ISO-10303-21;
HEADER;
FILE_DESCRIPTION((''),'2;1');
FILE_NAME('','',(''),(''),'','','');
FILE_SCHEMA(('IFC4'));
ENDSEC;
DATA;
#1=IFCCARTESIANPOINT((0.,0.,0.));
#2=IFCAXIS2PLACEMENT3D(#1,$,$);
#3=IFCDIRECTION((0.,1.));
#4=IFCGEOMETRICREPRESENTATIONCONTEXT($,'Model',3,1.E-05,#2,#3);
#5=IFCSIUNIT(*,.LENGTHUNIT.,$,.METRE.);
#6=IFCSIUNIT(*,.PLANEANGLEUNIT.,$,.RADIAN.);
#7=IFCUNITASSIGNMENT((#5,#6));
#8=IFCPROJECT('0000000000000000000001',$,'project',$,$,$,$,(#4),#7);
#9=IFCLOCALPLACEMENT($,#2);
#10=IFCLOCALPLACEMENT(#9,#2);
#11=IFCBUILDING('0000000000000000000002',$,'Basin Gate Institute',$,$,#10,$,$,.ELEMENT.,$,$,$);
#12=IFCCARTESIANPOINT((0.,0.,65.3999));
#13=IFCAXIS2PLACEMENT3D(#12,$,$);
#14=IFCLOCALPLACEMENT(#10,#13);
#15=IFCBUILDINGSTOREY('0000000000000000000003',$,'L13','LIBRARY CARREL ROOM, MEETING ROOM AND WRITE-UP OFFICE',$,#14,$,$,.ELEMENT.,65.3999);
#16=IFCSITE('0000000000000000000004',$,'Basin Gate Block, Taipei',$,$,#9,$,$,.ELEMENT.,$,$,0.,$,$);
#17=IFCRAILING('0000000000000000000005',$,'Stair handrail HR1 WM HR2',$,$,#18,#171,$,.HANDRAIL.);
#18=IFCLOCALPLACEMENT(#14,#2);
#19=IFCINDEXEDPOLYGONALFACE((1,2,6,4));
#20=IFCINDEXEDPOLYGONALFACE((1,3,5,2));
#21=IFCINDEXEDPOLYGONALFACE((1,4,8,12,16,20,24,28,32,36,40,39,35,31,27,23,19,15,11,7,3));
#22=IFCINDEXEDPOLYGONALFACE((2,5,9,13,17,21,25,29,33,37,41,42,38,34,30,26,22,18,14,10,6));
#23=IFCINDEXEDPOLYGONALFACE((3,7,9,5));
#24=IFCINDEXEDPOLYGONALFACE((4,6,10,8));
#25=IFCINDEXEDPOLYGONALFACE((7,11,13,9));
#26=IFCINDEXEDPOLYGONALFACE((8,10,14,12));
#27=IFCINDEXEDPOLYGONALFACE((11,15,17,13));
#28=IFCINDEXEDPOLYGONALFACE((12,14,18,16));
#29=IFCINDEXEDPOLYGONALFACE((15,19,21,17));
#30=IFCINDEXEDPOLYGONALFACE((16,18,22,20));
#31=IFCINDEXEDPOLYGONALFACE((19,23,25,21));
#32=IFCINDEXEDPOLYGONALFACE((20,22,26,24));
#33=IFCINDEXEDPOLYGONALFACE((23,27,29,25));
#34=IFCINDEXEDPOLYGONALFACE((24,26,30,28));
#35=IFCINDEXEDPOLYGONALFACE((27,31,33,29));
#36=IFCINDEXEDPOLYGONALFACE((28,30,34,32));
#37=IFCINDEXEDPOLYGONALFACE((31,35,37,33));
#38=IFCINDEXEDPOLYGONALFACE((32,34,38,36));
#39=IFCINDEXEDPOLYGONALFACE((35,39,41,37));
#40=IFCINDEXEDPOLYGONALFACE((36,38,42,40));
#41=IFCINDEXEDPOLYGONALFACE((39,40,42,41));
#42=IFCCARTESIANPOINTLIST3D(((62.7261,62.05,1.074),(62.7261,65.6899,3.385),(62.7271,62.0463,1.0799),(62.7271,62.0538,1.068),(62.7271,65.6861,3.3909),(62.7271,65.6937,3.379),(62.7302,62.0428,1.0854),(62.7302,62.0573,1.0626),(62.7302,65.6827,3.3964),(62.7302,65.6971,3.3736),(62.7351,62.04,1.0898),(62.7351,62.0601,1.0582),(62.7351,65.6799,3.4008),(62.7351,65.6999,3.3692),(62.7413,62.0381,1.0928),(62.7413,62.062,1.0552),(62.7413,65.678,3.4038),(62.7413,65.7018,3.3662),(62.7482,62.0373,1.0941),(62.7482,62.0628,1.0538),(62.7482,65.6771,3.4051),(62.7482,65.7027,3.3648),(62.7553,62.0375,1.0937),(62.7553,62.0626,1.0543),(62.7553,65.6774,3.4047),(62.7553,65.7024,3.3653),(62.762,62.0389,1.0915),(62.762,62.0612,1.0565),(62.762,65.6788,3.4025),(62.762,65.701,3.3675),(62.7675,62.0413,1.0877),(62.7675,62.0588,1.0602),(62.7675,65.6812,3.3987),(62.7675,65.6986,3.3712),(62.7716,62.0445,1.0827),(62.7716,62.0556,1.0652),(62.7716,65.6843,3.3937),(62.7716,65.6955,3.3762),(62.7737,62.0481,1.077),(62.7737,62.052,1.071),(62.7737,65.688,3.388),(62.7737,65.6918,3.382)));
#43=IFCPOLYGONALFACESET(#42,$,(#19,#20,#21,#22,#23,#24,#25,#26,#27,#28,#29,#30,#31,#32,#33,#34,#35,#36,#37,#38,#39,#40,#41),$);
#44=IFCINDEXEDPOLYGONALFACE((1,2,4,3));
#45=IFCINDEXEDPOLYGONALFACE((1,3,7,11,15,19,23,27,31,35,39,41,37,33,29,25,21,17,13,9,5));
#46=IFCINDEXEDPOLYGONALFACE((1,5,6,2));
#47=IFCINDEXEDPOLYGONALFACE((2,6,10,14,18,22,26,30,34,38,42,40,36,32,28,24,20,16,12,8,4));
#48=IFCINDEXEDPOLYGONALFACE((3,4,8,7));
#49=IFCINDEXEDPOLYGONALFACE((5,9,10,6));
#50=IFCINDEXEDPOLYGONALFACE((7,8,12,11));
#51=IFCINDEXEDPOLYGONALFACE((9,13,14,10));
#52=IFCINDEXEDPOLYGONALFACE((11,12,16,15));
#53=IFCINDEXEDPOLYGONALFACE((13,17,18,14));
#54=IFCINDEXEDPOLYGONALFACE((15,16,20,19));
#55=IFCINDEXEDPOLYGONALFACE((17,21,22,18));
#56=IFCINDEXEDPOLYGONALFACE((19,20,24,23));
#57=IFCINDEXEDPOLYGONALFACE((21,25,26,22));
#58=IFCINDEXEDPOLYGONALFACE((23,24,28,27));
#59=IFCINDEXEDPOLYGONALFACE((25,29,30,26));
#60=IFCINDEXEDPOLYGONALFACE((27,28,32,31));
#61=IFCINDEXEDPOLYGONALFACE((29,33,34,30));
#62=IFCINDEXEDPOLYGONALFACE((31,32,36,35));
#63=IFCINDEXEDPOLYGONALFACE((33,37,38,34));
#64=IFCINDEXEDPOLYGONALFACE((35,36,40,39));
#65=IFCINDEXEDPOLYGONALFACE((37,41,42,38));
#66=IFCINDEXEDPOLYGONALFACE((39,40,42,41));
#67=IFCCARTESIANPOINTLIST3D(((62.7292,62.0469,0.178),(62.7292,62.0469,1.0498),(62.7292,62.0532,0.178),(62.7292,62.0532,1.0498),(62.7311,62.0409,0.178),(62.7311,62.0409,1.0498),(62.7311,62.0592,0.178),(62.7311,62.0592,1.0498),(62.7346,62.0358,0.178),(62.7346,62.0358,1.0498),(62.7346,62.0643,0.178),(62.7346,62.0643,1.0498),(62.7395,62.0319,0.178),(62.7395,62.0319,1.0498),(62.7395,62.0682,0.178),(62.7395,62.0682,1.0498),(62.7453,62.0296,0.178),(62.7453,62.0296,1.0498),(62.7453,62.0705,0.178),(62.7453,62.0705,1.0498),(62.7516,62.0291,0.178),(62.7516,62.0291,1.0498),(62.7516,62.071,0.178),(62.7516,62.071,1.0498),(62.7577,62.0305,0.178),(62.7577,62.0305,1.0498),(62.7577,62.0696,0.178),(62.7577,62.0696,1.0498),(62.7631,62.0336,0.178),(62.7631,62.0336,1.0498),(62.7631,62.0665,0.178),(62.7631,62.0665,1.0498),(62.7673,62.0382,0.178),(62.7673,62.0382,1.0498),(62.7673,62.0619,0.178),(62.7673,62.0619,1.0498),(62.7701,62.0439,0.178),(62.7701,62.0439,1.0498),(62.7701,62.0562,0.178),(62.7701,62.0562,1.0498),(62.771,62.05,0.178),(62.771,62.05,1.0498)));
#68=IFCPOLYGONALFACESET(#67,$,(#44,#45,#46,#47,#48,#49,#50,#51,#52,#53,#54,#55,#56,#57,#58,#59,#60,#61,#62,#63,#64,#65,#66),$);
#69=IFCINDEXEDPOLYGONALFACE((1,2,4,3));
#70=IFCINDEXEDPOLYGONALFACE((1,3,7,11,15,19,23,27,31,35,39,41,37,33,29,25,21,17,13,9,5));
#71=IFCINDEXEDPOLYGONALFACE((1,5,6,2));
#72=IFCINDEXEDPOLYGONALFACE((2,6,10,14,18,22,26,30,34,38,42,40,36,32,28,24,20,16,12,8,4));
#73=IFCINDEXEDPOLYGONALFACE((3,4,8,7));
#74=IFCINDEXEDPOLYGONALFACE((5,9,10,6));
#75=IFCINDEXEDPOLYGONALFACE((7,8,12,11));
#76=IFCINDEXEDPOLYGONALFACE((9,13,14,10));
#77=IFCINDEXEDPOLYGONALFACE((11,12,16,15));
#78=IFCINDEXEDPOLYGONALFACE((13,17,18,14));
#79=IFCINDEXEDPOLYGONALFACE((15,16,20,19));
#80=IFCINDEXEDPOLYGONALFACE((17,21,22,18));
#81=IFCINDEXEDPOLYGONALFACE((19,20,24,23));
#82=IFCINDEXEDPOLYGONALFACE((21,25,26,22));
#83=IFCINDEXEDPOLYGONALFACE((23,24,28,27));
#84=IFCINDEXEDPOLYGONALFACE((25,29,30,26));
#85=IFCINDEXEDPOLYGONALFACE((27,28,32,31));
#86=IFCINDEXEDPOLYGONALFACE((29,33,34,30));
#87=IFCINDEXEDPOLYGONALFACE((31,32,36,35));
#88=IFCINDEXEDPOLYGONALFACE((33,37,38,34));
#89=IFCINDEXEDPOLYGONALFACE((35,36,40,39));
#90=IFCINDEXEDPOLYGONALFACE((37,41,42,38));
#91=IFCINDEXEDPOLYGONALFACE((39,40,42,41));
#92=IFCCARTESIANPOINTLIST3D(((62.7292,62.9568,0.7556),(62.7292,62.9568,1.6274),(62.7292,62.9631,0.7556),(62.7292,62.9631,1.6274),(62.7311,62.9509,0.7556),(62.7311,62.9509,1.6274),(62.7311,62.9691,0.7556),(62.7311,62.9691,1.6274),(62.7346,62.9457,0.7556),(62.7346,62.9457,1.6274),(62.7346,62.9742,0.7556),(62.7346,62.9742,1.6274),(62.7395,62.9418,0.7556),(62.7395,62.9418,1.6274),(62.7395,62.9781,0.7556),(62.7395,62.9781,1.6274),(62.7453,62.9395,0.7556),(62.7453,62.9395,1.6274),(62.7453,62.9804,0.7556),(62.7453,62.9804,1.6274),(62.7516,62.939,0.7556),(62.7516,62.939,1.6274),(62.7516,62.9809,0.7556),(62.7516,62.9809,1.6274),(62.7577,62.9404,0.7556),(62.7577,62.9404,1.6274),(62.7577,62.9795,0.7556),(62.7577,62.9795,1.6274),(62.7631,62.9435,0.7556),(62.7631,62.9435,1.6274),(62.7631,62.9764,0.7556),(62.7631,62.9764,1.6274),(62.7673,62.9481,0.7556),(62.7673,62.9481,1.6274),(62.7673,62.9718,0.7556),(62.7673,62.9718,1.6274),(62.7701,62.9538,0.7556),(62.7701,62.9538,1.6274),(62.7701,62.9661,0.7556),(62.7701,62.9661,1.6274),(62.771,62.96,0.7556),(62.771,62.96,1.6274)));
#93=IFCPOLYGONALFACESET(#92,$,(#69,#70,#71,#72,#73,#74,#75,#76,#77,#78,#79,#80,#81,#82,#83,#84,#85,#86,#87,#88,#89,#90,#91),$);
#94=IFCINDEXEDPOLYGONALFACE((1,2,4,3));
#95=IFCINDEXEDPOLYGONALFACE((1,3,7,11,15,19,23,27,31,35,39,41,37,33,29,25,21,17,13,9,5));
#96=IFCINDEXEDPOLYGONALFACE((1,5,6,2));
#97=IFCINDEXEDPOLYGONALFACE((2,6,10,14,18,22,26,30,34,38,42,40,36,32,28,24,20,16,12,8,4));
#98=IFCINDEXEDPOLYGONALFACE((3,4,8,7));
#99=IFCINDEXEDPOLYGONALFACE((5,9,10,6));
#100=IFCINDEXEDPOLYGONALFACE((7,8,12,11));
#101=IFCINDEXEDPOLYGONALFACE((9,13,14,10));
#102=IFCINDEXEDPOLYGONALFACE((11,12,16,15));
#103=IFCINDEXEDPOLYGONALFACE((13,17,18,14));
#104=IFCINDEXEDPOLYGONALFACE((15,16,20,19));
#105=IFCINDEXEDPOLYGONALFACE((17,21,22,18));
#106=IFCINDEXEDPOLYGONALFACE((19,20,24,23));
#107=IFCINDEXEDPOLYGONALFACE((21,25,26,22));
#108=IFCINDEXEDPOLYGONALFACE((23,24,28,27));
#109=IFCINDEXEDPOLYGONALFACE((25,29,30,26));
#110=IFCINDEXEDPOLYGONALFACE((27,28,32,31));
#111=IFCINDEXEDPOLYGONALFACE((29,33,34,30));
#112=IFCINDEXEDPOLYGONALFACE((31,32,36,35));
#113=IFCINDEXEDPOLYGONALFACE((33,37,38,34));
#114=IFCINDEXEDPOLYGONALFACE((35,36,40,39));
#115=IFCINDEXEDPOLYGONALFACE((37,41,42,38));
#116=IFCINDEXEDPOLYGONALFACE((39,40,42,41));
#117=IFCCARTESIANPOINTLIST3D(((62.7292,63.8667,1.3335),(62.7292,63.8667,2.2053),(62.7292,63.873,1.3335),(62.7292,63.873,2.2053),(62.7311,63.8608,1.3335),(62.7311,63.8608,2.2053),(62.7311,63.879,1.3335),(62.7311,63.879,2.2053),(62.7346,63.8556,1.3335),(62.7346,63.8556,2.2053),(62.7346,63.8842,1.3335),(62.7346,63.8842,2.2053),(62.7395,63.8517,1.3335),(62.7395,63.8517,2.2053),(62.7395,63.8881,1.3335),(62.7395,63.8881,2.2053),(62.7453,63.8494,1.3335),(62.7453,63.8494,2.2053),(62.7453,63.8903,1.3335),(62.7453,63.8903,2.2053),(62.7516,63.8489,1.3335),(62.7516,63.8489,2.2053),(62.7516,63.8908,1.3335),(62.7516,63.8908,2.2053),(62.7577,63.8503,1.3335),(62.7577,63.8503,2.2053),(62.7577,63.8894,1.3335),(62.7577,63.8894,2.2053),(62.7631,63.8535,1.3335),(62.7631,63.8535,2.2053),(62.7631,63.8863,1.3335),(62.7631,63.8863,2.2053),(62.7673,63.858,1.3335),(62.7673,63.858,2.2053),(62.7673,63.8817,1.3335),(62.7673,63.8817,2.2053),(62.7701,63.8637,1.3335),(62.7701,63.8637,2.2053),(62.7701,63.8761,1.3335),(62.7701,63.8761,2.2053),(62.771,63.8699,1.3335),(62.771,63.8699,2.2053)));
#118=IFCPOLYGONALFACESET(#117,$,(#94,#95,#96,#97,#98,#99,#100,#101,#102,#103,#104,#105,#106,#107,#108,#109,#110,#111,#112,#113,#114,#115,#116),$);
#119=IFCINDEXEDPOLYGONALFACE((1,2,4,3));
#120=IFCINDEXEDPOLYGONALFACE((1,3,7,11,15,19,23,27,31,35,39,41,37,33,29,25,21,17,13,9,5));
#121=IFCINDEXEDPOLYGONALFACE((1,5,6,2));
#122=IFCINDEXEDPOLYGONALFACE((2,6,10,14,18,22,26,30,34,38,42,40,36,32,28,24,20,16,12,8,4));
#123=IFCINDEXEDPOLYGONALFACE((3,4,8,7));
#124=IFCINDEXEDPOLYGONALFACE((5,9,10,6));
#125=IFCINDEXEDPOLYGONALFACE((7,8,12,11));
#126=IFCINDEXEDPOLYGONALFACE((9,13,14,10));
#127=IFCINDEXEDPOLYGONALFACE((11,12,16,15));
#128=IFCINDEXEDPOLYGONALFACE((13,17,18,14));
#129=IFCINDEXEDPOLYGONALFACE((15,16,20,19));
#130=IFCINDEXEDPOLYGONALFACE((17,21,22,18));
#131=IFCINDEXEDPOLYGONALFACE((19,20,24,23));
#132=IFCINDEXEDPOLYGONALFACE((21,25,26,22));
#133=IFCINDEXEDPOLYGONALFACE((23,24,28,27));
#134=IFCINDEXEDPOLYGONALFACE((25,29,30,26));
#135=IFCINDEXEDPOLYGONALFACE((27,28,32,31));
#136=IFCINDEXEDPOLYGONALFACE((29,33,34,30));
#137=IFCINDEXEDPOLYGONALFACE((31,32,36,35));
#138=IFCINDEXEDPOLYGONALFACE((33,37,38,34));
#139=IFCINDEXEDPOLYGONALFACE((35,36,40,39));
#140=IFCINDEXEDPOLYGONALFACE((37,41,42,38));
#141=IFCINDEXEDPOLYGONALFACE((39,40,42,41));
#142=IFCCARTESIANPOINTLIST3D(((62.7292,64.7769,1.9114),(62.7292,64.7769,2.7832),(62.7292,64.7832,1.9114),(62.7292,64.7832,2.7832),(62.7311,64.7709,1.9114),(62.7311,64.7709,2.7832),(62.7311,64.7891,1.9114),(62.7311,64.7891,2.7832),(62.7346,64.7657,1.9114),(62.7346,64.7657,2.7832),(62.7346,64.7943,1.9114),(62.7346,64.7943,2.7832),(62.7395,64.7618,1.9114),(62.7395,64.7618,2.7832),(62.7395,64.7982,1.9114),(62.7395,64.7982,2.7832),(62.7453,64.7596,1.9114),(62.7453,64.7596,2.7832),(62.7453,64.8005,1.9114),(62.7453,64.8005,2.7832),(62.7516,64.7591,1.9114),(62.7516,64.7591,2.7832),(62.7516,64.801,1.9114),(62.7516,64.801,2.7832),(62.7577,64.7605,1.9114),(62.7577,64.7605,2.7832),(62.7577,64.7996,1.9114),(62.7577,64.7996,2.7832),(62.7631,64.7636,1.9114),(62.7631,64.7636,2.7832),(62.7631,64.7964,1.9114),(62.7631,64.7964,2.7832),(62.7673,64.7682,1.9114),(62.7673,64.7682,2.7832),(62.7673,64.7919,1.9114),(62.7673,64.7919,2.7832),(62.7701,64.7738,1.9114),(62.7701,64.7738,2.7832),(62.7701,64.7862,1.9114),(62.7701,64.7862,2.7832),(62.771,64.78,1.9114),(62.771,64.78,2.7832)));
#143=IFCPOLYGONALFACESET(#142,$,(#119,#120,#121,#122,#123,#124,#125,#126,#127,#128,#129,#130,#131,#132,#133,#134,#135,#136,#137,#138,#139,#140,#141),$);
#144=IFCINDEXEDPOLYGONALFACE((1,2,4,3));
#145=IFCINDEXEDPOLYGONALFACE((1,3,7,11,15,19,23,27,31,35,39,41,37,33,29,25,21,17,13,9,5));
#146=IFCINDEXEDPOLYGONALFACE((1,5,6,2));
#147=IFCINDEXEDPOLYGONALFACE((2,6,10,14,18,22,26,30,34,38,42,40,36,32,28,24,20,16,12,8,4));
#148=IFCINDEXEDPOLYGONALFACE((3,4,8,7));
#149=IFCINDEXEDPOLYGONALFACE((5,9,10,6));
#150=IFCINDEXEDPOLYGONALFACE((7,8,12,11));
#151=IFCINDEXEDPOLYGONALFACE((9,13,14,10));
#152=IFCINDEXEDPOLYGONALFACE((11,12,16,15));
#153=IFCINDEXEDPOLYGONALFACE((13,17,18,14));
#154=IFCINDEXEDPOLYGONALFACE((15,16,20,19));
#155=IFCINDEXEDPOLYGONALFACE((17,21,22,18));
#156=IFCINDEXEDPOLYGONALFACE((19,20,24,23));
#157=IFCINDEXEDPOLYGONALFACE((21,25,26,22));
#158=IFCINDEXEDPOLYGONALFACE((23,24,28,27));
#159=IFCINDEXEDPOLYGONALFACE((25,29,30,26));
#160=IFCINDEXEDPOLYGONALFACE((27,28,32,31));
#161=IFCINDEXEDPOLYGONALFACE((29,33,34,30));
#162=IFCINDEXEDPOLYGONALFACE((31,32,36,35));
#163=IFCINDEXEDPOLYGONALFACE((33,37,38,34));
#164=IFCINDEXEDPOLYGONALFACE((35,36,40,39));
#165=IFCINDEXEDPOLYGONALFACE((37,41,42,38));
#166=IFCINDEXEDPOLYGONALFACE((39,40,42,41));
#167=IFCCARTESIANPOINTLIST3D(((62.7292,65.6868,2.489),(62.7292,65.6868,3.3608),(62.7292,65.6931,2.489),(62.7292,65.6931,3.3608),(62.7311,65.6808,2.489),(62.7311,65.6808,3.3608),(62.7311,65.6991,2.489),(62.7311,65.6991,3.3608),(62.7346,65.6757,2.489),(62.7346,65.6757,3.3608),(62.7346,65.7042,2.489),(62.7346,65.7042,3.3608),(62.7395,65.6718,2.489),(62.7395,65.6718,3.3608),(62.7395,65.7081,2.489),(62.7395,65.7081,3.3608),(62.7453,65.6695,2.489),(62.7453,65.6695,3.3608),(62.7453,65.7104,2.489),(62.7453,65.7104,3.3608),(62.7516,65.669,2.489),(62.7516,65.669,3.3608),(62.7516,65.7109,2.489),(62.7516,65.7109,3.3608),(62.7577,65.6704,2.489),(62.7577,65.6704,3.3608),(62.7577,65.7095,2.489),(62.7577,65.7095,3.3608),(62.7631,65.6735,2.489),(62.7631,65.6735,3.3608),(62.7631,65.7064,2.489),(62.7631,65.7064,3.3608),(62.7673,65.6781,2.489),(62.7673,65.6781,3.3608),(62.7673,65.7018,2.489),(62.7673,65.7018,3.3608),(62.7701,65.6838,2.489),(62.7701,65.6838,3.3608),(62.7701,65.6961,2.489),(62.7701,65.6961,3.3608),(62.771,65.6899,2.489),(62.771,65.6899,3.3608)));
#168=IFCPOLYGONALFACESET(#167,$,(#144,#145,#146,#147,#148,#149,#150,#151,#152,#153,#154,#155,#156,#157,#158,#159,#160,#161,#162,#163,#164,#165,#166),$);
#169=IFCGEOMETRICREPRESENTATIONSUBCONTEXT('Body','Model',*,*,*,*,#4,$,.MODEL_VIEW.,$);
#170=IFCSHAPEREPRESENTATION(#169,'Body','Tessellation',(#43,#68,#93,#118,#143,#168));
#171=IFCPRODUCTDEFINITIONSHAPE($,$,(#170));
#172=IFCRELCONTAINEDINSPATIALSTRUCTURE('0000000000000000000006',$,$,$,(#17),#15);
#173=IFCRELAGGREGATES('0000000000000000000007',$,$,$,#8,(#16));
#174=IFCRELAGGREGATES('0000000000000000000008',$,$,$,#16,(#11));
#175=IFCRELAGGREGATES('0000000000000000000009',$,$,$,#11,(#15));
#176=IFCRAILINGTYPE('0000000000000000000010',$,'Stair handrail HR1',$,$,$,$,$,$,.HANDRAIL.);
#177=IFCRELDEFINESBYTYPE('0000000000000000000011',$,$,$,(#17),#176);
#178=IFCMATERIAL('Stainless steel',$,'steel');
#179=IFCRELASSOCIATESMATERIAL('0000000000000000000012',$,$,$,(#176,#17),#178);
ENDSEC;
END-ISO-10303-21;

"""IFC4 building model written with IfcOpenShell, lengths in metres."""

from ifc_helpers import new_model, si_unit, direction, frame, origin, origin_2d, place, context, subcontext, project, spatial, circle, extrude, material, type_object, element, save


model = new_model("IFC4")

# Units and contexts
model_context = context("Model", 3, precision=1e-05, world=origin(), true_north=direction((0.0, 1.0)))
body_context = subcontext(model_context, "Body", "Model", "MODEL_VIEW")
ifc_project = project(units=[si_unit("LENGTHUNIT", "METRE"), si_unit("PLANEANGLEUNIT", "RADIAN")], contexts=[model_context])

# Site, building, storey
site_placement = place(None, origin())
site = spatial("IfcSite", under=ifc_project, at=site_placement, Name="Basin Gate Block, Taipei", CompositionType="ELEMENT", RefElevation=0.0)
building_placement = place(site_placement, origin())
building = spatial("IfcBuilding", under=site, at=building_placement, Name="Basin Gate Institute", CompositionType="ELEMENT")
storey_placement = place(building_placement, frame((0.0, 0.0, 65.3999)))
storey = spatial("IfcBuildingStorey", under=building, at=storey_placement, Name="L13", Description="LIBRARY CARREL ROOM, MEETING ROOM AND WRITE-UP OFFICE", CompositionType="ELEMENT", Elevation=65.3999)

# Railing
ifc_material_1 = material(Name="Stainless steel", Category="steel")
railing_type_1 = type_object("IfcRailingType", Name="Stair handrail HR1", PredefinedType="HANDRAIL", material=ifc_material_1)
for number, where, name in (
    (1, (62.75, 62.05, 0.178), "Stair handrail HR1 WM HR2"),
):
    element("IfcRailing", number, at=place(storey_placement, frame(where)), inside=storey, type_object=railing_type_1, material=ifc_material_1, Name=name, PredefinedType="HANDRAIL", context=body_context, shape_type="SweptSolid", body=[
        extrude(circle(Radius=0.0239, at=origin_2d()), frame((0.0, 0.0, 0.896), z_axis=(0.0, 0.844214, 0.536007), x_axis=(-1.0, 0.0, 0.0)), (0.0, 0.0, 1.0), 4.3115),
        extrude(circle(Radius=0.021, at=origin_2d()), origin(), (0.0, 0.0, 1.0), 0.8718),
        extrude(circle(Radius=0.021, at=origin_2d()), frame((0.0, 0.9099, 0.5776)), (0.0, 0.0, 1.0), 0.8718),
        extrude(circle(Radius=0.021, at=origin_2d()), frame((0.0, 1.8198, 1.1555)), (0.0, 0.0, 1.0), 0.8718),
        extrude(circle(Radius=0.021, at=origin_2d()), frame((0.0, 2.73, 1.7334)), (0.0, 0.0, 1.0), 0.8718),
        extrude(circle(Radius=0.021, at=origin_2d()), frame((0.0, 3.6399, 2.311)), (0.0, 0.0, 1.0), 0.8718),
    ])

save(model, "model.ifc")
